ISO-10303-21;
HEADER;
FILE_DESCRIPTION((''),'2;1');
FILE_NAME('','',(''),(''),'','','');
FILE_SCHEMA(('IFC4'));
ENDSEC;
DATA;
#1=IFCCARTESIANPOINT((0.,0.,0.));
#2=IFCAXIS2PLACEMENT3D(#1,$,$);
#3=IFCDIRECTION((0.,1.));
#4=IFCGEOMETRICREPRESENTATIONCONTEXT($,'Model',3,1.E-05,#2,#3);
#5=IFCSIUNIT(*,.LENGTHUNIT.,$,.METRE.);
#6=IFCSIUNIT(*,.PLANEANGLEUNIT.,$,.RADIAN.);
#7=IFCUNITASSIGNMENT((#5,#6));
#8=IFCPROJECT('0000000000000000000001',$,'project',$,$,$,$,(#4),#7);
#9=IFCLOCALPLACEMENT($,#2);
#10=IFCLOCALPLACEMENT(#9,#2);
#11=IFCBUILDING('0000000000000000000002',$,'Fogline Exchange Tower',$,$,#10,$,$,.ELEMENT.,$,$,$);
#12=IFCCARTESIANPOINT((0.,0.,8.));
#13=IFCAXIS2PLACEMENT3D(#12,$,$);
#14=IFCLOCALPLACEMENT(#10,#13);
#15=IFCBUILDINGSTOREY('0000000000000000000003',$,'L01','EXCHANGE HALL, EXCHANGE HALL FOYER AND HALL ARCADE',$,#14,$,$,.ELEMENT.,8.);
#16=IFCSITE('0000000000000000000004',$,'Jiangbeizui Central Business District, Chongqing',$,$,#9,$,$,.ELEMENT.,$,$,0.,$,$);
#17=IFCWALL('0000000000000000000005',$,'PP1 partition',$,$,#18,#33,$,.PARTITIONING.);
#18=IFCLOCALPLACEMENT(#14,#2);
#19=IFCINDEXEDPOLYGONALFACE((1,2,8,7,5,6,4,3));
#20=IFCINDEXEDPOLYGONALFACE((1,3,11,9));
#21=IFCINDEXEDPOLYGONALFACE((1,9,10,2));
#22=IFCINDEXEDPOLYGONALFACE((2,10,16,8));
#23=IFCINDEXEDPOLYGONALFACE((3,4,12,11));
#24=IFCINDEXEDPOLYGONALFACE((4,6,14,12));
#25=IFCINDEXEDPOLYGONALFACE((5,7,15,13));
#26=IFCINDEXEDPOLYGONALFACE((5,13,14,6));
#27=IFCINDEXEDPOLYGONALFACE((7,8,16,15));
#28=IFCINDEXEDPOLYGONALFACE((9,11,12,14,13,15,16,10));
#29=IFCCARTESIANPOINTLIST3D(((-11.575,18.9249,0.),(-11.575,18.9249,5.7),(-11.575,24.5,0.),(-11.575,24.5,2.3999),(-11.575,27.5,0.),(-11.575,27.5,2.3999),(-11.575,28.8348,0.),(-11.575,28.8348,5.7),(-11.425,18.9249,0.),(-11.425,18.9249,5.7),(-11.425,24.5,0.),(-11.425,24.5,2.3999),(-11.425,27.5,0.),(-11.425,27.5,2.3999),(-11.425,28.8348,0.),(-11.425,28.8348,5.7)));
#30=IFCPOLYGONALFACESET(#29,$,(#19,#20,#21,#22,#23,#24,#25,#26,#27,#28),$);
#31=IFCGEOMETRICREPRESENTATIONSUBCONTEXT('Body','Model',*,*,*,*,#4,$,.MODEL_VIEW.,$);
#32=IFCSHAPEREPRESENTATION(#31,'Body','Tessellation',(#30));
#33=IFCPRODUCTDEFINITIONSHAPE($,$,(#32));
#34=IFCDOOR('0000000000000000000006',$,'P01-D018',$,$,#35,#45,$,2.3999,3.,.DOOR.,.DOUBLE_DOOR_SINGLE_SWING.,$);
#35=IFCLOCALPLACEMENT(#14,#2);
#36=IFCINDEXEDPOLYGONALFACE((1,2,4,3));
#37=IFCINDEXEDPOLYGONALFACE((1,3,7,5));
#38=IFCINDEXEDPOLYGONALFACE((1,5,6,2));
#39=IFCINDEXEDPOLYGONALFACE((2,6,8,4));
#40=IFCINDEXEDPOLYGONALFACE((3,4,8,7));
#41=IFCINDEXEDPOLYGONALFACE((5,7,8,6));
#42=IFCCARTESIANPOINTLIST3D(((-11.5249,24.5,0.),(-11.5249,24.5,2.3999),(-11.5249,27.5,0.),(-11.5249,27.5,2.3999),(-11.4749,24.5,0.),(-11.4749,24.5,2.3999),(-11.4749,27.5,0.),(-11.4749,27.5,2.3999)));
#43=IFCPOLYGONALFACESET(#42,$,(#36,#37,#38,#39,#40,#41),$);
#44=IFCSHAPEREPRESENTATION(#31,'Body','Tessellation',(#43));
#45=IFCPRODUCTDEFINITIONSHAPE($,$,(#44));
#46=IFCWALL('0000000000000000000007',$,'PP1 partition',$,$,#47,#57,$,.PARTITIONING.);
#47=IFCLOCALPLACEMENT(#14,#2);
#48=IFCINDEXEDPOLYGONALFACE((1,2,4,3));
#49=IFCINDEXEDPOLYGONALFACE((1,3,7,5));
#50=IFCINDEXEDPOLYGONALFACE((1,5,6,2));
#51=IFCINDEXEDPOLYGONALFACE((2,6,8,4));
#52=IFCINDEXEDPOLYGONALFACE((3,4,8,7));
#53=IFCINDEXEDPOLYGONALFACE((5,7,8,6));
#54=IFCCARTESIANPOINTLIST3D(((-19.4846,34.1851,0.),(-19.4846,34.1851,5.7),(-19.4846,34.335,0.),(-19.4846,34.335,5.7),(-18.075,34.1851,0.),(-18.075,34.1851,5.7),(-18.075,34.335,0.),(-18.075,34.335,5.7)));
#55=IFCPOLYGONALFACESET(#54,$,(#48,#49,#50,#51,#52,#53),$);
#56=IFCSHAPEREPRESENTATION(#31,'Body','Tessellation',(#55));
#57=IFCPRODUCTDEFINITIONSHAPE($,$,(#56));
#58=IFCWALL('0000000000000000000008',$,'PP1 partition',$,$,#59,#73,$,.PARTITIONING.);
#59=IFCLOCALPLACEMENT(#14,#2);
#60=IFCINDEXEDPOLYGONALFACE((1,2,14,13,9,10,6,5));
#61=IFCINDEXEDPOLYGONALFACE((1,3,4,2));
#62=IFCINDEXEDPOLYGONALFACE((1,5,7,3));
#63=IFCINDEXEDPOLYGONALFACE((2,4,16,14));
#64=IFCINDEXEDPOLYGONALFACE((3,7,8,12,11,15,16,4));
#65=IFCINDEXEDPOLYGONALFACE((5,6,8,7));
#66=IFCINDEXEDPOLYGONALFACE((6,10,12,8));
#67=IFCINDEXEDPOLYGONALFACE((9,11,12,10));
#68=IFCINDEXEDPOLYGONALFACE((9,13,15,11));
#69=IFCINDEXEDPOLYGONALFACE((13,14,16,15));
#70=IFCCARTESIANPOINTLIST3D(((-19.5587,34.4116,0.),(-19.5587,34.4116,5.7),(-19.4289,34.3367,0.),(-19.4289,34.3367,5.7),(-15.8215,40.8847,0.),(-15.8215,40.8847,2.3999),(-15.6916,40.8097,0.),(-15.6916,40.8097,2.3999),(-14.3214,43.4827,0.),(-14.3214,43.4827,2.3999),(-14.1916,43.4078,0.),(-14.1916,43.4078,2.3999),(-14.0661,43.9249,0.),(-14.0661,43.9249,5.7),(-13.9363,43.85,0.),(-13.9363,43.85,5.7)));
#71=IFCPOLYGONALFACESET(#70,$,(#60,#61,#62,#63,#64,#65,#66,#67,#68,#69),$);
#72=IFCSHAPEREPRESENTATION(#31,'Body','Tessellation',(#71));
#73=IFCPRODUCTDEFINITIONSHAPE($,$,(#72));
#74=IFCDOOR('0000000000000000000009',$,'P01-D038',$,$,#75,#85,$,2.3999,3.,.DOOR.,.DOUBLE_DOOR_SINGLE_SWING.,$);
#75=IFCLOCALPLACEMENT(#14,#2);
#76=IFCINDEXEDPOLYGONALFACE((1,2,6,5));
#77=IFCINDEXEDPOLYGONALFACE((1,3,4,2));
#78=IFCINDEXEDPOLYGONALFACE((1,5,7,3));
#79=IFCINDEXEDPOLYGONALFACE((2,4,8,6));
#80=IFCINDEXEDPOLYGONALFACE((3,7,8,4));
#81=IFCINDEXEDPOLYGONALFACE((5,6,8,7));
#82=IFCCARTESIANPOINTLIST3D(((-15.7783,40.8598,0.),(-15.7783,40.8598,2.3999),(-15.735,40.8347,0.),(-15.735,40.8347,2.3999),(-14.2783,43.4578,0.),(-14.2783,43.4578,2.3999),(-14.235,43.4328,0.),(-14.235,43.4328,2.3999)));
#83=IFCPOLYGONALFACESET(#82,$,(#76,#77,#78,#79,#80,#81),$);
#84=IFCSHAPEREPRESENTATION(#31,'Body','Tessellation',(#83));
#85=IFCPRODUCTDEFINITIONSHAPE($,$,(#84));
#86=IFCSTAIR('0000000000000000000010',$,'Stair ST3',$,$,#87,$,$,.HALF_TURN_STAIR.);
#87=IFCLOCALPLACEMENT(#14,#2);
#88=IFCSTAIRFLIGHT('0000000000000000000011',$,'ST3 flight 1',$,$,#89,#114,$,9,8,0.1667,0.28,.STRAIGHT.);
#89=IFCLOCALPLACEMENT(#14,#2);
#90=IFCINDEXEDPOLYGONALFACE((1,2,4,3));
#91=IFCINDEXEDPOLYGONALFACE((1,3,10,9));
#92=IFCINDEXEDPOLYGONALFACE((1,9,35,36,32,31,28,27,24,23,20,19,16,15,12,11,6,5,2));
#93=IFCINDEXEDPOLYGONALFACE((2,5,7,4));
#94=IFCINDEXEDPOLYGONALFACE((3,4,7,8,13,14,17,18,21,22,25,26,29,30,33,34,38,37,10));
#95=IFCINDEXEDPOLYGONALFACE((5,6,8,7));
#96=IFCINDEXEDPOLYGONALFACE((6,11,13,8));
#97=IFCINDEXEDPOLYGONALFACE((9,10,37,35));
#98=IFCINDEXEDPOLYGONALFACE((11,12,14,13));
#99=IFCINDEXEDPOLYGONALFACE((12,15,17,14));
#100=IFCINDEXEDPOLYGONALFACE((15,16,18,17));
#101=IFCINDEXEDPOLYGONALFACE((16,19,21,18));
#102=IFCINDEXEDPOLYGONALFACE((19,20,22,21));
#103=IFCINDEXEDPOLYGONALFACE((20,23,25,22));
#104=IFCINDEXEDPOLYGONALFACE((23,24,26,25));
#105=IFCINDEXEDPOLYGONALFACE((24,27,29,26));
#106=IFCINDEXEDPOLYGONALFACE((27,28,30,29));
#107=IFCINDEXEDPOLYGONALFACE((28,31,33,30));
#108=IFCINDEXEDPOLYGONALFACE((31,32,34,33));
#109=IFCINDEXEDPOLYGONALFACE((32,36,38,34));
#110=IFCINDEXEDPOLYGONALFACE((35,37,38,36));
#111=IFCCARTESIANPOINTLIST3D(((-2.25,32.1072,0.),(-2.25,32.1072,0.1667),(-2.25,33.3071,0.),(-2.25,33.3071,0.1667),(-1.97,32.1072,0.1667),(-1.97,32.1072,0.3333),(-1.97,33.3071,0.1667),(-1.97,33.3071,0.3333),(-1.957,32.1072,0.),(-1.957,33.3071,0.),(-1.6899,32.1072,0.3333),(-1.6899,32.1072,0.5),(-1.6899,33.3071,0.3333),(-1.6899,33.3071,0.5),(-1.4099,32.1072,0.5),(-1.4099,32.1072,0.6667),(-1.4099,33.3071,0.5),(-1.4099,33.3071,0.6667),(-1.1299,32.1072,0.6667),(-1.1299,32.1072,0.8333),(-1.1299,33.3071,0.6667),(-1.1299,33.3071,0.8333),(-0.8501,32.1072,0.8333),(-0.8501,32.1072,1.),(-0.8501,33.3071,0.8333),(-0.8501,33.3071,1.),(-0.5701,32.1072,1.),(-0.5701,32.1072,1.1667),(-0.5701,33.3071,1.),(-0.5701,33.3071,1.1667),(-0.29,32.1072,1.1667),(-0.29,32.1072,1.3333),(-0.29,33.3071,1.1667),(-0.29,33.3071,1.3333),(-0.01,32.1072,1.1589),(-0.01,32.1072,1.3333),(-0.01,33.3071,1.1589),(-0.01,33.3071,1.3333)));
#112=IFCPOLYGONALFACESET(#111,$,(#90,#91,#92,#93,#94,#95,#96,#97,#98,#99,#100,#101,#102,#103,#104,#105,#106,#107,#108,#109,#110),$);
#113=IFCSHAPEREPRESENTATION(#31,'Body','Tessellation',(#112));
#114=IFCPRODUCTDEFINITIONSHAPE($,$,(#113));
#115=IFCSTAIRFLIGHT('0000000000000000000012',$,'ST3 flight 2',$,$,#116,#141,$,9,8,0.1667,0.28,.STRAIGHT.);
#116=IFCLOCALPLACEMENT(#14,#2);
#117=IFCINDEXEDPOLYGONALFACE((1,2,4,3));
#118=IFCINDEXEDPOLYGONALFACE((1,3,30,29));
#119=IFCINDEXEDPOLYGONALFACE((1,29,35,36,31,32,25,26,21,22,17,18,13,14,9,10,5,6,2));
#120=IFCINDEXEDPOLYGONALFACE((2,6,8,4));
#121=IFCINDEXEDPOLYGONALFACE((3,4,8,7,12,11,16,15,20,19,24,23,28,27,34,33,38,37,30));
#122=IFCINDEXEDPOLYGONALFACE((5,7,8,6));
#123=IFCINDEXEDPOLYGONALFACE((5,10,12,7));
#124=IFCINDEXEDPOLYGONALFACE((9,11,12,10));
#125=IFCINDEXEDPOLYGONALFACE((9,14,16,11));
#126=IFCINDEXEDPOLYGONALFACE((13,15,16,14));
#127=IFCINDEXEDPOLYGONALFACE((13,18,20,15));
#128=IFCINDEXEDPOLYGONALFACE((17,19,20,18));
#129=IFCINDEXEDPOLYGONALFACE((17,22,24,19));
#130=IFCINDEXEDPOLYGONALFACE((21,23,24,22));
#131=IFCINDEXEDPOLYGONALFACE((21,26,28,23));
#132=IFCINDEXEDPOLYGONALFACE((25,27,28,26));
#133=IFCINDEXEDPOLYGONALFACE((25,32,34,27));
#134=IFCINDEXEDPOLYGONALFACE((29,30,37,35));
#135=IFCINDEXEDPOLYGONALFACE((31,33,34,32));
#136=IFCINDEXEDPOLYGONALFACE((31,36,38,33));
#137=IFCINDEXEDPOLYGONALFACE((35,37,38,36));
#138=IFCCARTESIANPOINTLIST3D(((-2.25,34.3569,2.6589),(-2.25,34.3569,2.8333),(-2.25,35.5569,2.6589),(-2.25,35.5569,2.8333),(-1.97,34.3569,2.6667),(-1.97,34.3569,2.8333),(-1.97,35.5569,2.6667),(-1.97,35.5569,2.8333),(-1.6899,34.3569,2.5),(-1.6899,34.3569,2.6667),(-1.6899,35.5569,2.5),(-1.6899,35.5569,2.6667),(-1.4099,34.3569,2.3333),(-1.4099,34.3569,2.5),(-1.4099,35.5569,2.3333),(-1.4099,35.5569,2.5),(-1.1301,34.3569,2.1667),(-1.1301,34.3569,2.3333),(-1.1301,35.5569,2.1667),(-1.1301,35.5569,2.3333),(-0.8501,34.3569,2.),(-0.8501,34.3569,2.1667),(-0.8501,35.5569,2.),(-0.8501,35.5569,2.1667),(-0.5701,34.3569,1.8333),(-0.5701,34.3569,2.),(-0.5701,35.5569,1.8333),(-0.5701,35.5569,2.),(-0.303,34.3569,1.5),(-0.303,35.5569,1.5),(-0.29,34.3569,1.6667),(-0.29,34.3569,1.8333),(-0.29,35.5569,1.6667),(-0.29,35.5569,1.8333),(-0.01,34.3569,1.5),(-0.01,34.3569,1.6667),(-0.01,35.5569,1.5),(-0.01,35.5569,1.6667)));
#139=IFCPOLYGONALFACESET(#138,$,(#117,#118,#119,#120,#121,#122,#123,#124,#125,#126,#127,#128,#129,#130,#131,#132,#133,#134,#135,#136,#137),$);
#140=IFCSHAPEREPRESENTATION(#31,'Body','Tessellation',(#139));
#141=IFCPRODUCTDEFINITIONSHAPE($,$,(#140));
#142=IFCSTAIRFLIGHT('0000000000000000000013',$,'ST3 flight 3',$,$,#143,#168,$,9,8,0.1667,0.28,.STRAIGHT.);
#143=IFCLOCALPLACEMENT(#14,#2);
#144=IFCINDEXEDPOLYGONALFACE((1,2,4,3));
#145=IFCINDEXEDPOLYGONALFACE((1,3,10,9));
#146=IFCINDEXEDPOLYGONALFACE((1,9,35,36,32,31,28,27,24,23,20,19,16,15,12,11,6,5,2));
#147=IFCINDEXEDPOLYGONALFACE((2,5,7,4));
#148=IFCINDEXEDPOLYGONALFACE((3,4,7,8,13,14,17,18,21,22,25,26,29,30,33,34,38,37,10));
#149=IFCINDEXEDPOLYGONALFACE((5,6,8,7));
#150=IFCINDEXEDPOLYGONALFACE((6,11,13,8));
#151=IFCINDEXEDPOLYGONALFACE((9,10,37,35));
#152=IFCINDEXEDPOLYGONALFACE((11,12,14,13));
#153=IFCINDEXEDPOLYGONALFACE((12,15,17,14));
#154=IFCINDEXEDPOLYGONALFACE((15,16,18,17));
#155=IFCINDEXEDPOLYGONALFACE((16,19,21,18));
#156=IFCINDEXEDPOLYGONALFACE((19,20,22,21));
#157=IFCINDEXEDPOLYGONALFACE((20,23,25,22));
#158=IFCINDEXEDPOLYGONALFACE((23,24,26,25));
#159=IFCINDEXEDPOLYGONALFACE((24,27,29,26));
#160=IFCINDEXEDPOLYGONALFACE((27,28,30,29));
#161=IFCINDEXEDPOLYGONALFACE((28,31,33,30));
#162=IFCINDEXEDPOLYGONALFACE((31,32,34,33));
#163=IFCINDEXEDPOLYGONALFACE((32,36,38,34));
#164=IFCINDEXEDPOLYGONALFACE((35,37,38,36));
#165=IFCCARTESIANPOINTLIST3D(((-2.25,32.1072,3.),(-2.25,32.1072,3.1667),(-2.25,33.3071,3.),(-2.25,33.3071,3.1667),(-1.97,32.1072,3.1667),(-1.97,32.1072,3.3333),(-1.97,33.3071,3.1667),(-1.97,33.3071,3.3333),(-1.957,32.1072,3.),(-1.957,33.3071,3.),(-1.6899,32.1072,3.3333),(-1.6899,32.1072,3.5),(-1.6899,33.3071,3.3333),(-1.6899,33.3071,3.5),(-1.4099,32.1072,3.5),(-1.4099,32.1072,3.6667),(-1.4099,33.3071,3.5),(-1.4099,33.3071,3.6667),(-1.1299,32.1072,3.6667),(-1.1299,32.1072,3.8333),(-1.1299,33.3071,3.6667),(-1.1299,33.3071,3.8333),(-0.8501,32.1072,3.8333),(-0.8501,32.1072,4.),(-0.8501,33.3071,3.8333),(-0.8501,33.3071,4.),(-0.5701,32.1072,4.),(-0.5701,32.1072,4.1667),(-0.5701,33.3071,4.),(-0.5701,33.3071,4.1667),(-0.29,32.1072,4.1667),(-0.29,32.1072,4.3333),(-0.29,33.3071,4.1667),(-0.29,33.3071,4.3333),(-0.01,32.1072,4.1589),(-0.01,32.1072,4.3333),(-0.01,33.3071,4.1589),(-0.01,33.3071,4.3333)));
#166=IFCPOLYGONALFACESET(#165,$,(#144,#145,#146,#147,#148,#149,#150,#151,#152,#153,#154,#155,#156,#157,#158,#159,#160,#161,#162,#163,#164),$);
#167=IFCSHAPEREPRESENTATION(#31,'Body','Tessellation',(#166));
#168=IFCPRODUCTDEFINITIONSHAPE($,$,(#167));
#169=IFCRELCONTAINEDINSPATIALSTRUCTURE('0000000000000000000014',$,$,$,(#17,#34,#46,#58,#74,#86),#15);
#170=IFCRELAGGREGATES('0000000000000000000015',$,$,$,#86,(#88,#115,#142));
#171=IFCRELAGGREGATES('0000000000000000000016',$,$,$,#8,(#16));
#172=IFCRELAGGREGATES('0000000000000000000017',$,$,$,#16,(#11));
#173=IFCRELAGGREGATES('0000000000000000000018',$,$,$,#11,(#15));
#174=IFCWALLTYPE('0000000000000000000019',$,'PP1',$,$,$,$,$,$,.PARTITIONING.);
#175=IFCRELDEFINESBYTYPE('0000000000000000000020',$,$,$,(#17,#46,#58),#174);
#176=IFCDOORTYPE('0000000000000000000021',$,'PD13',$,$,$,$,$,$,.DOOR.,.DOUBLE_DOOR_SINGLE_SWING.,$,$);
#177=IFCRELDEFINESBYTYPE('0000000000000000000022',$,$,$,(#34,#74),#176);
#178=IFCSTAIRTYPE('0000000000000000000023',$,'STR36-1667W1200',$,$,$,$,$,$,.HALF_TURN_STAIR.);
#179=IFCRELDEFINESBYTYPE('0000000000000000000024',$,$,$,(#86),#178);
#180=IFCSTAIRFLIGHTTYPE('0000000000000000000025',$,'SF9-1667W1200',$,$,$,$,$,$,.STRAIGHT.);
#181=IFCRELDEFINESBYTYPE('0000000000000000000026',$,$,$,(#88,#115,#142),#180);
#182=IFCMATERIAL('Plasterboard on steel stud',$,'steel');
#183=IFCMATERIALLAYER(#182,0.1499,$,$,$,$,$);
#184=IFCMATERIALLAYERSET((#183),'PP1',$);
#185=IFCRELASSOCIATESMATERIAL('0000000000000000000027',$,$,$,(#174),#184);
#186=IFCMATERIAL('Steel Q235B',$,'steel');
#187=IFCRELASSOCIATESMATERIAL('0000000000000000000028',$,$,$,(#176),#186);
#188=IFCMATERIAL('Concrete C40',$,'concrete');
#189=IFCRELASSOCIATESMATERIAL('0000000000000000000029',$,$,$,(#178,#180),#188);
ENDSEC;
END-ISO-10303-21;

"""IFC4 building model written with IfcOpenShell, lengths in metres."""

from ifc_helpers import new_model, si_unit, direction, frame, frame_2d, origin, place, context, subcontext, project, spatial, polyline, rectangle, outline, extrude, material, layer, layer_set, type_object, element, fill, aggregate, save


model = new_model("IFC4")

# Units and contexts
model_context = context("Model", 3, precision=1e-05, world=origin(), true_north=direction((0.0, 1.0)))
body_context = subcontext(model_context, "Body", "Model", "MODEL_VIEW")
ifc_project = project(units=[si_unit("LENGTHUNIT", "METRE"), si_unit("PLANEANGLEUNIT", "RADIAN")], contexts=[model_context])

# Site, building, storey
site_placement = place(None, origin())
site = spatial("IfcSite", under=ifc_project, at=site_placement, Name="Jiangbeizui Central Business District, Chongqing", CompositionType="ELEMENT", RefElevation=0.0)
building_placement = place(site_placement, origin())
building = spatial("IfcBuilding", under=site, at=building_placement, Name="Fogline Exchange Tower", CompositionType="ELEMENT")
storey_placement = place(building_placement, frame((0.0, 0.0, 8.0)))
storey = spatial("IfcBuildingStorey", under=building, at=storey_placement, Name="L01", Description="EXCHANGE HALL, EXCHANGE HALL FOYER AND HALL ARCADE", CompositionType="ELEMENT", Elevation=8.0)

# Shared definitions
ifc_material_1 = material(Name="Concrete C40", Category="concrete")

# Shared definitions
ifc_material_2 = material(Name="Plasterboard on steel stud", Category="steel")
ifc_layer_1 = layer(ifc_material_2, 0.1499)
ifc_layer_set_1 = layer_set([ifc_layer_1], Name="PP1")
wall_type_1 = type_object("IfcWallType", Name="PP1", PredefinedType="PARTITIONING", material=ifc_layer_set_1)

# Wall, opening, door
ifc_material_3 = material(Name="Steel Q235B", Category="steel")
door_type_1 = type_object("IfcDoorType", Name="PD13", OperationType="DOUBLE_DOOR_SINGLE_SWING", PredefinedType="DOOR", material=ifc_material_3)
wall_1_placement = place(storey_placement, frame((-11.5, 28.835, 0.0), z_axis=(0.0, 0.0, 1.0), x_axis=(0.0, -1.0, 0.0)))
wall_1 = element("IfcWall", 1, at=wall_1_placement, inside=storey, type_object=wall_type_1, Name="PP1 partition", PredefinedType="PARTITIONING", context=body_context, shape_type="SweptSolid", body=[
    extrude(rectangle(XDim=9.9099, YDim=0.1499, at=frame_2d((4.9551, 0.0))), origin(), (0.0, 0.0, 1.0), 5.7),
])
opening_1_placement = place(wall_1_placement, frame((1.335, 0.0, 0.0)))
opening_1 = element("IfcOpeningElement", 2, at=opening_1_placement, cuts=wall_1, PredefinedType="OPENING", context=body_context, shape_type="SweptSolid", body=[
    extrude(rectangle(XDim=3.0, YDim=2.3999, at=frame_2d((1.5, 1.2))), frame((0.0, 0.085, 0.0), z_axis=(0.0, -1.0, 0.0), x_axis=(1.0, 0.0, 0.0)), (0.0, 0.0, 1.0), 0.1699),
])
door_1_placement = place(opening_1_placement, frame((3.0, 0.0, 0.0), z_axis=(0.0, 0.0, 1.0), x_axis=(-1.0, 0.0, 0.0)))
door_1 = element("IfcDoor", 3, at=door_1_placement, inside=storey, type_object=door_type_1, Name="P01-D018", OperationType="DOUBLE_DOOR_SINGLE_SWING", OverallHeight=2.3999, OverallWidth=3.0, PredefinedType="DOOR", context=body_context, shape_type="SweptSolid", body=[
    extrude(rectangle(XDim=3.0, YDim=2.3999, at=frame_2d((1.5, 1.2))), frame((0.0, 0.0249, 0.0), z_axis=(0.0, -1.0, 0.0), x_axis=(1.0, 0.0, 0.0)), (0.0, 0.0, 1.0), 0.05),
])
fill(opening_1, door_1)

# Wall
wall_2_placement = place(storey_placement, frame((-18.075, 34.26, 0.0), z_axis=(0.0, 0.0, 1.0), x_axis=(-1.0, 0.0, 0.0)))
element("IfcWall", 4, at=wall_2_placement, inside=storey, type_object=wall_type_1, Name="PP1 partition", PredefinedType="PARTITIONING", context=body_context, shape_type="SweptSolid", body=[
    extrude(rectangle(XDim=1.4097, YDim=0.1499, at=frame_2d((0.7048, 0.0))), origin(), (0.0, 0.0, 1.0), 5.7),
])

# Wall, opening, door
wall_3_placement = place(storey_placement, frame((-19.4939, 34.374, 0.0), z_axis=(0.0, 0.0, 1.0), x_axis=(0.500007, 0.866022, 0.0)))
wall_3 = element("IfcWall", 5, at=wall_3_placement, inside=storey, type_object=wall_type_1, Name="PP1 partition", PredefinedType="PARTITIONING", context=body_context, shape_type="SweptSolid", body=[
    extrude(rectangle(XDim=10.9851, YDim=0.1499, at=frame_2d((5.4927, 0.0))), origin(), (0.0, 0.0, 1.0), 5.7),
])
opening_2_placement = place(wall_3_placement, frame((7.4746, 0.0, 0.0)))
opening_2 = element("IfcOpeningElement", 6, at=opening_2_placement, cuts=wall_3, PredefinedType="OPENING", context=body_context, shape_type="SweptSolid", body=[
    extrude(rectangle(XDim=3.0, YDim=2.3999, at=frame_2d((1.5, 1.2))), frame((0.0, 0.085, 0.0), z_axis=(0.0, -1.0, 0.0), x_axis=(1.0, 0.0, 0.0)), (0.0, 0.0, 1.0), 0.1699),
])
door_2_placement = place(opening_2_placement, frame((3.0, 0.0, 0.0), z_axis=(0.0, 0.0, 1.0), x_axis=(-1.0, 0.0, 0.0)))
door_2 = element("IfcDoor", 7, at=door_2_placement, inside=storey, type_object=door_type_1, Name="P01-D038", OperationType="DOUBLE_DOOR_SINGLE_SWING", OverallHeight=2.3999, OverallWidth=3.0, PredefinedType="DOOR", context=body_context, shape_type="SweptSolid", body=[
    extrude(rectangle(XDim=3.0, YDim=2.3999, at=frame_2d((1.5, 1.2))), frame((0.0, 0.0249, 0.0), z_axis=(0.0, -1.0, 0.0), x_axis=(1.0, 0.0, 0.0)), (0.0, 0.0, 1.0), 0.05),
])
fill(opening_2, door_2)

# Stair, stair flights
stair_type = type_object("IfcStairType", Name="STR36-1667W1200", PredefinedType="HALF_TURN_STAIR", material=ifc_material_1)
stair_placement = place(storey_placement, origin())
stair = element("IfcStair", 8, at=stair_placement, inside=storey, type_object=stair_type, Name="Stair ST3", PredefinedType="HALF_TURN_STAIR")
stair_flight_type = type_object("IfcStairFlightType", Name="SF9-1667W1200", PredefinedType="STRAIGHT", material=ifc_material_1)
stair_flight_1_placement = place(storey_placement, frame((-2.25, 32.707, 0.0), z_axis=(0.0, 0.0, 1.0), x_axis=(1.0, 0.0, 0.0)))
stair_flight_1 = element("IfcStairFlight", 9, at=stair_flight_1_placement, type_object=stair_flight_type, Name="ST3 flight 1", NumberOfRisers=9, NumberOfTreads=8, PredefinedType="STRAIGHT", RiserHeight=0.1667, TreadLength=0.28, context=body_context, shape_type="SweptSolid", body=[
    extrude(outline(polyline([(0.0, 0.0), (0.0, 0.1667), (0.28, 0.1667), (0.28, 0.3333), (0.5601, 0.3333), (0.5601, 0.5), (0.8401, 0.5), (0.8401, 0.6667), (1.1201, 0.6667), (1.1201, 0.8333), (1.3999, 0.8333), (1.3999, 1.0), (1.6799, 1.0), (1.6799, 1.1667), (1.96, 1.1667), (1.96, 1.3333), (2.24, 1.3333), (2.24, 1.5), (2.24, 1.1589), (0.293, 0.0), (0.0, 0.0)])), frame((0.0, 0.6001, 0.0), z_axis=(0.0, -1.0, 0.0), x_axis=(1.0, 0.0, 0.0)), (0.0, 0.0, 1.0), 1.2),
])
stair_flight_2_placement = place(storey_placement, frame((-0.01, 34.957, 1.5), z_axis=(0.0, 0.0, 1.0), x_axis=(-1.0, 0.0, 0.0)))
stair_flight_2 = element("IfcStairFlight", 10, at=stair_flight_2_placement, type_object=stair_flight_type, Name="ST3 flight 2", NumberOfRisers=9, NumberOfTreads=8, PredefinedType="STRAIGHT", RiserHeight=0.1667, TreadLength=0.28, context=body_context, shape_type="SweptSolid", body=[
    extrude(outline(polyline([(0.0, 0.0), (0.0, 0.1667), (0.28, 0.1667), (0.28, 0.3333), (0.5601, 0.3333), (0.5601, 0.5), (0.8401, 0.5), (0.8401, 0.6667), (1.1201, 0.6667), (1.1201, 0.8333), (1.3999, 0.8333), (1.3999, 1.0), (1.6799, 1.0), (1.6799, 1.1667), (1.96, 1.1667), (1.96, 1.3333), (2.24, 1.3333), (2.24, 1.5), (2.24, 1.1589), (0.293, 0.0), (0.0, 0.0)])), frame((0.0, 0.6001, 0.0), z_axis=(0.0, -1.0, 0.0), x_axis=(1.0, 0.0, 0.0)), (0.0, 0.0, 1.0), 1.2),
])
stair_flight_3_placement = place(storey_placement, frame((-2.25, 32.707, 3.0), z_axis=(0.0, 0.0, 1.0), x_axis=(1.0, 0.0, 0.0)))
stair_flight_3 = element("IfcStairFlight", 11, at=stair_flight_3_placement, type_object=stair_flight_type, Name="ST3 flight 3", NumberOfRisers=9, NumberOfTreads=8, PredefinedType="STRAIGHT", RiserHeight=0.1667, TreadLength=0.28, context=body_context, shape_type="SweptSolid", body=[
    extrude(outline(polyline([(0.0, 0.0), (0.0, 0.1667), (0.28, 0.1667), (0.28, 0.3333), (0.5601, 0.3333), (0.5601, 0.5), (0.8401, 0.5), (0.8401, 0.6667), (1.1201, 0.6667), (1.1201, 0.8333), (1.3999, 0.8333), (1.3999, 1.0), (1.6799, 1.0), (1.6799, 1.1667), (1.96, 1.1667), (1.96, 1.3333), (2.24, 1.3333), (2.24, 1.5), (2.24, 1.1589), (0.293, 0.0), (0.0, 0.0)])), frame((0.0, 0.6001, 0.0), z_axis=(0.0, -1.0, 0.0), x_axis=(1.0, 0.0, 0.0)), (0.0, 0.0, 1.0), 1.2),
])
aggregate(stair, [stair_flight_1, stair_flight_2, stair_flight_3])

save(model, "model.ifc")
